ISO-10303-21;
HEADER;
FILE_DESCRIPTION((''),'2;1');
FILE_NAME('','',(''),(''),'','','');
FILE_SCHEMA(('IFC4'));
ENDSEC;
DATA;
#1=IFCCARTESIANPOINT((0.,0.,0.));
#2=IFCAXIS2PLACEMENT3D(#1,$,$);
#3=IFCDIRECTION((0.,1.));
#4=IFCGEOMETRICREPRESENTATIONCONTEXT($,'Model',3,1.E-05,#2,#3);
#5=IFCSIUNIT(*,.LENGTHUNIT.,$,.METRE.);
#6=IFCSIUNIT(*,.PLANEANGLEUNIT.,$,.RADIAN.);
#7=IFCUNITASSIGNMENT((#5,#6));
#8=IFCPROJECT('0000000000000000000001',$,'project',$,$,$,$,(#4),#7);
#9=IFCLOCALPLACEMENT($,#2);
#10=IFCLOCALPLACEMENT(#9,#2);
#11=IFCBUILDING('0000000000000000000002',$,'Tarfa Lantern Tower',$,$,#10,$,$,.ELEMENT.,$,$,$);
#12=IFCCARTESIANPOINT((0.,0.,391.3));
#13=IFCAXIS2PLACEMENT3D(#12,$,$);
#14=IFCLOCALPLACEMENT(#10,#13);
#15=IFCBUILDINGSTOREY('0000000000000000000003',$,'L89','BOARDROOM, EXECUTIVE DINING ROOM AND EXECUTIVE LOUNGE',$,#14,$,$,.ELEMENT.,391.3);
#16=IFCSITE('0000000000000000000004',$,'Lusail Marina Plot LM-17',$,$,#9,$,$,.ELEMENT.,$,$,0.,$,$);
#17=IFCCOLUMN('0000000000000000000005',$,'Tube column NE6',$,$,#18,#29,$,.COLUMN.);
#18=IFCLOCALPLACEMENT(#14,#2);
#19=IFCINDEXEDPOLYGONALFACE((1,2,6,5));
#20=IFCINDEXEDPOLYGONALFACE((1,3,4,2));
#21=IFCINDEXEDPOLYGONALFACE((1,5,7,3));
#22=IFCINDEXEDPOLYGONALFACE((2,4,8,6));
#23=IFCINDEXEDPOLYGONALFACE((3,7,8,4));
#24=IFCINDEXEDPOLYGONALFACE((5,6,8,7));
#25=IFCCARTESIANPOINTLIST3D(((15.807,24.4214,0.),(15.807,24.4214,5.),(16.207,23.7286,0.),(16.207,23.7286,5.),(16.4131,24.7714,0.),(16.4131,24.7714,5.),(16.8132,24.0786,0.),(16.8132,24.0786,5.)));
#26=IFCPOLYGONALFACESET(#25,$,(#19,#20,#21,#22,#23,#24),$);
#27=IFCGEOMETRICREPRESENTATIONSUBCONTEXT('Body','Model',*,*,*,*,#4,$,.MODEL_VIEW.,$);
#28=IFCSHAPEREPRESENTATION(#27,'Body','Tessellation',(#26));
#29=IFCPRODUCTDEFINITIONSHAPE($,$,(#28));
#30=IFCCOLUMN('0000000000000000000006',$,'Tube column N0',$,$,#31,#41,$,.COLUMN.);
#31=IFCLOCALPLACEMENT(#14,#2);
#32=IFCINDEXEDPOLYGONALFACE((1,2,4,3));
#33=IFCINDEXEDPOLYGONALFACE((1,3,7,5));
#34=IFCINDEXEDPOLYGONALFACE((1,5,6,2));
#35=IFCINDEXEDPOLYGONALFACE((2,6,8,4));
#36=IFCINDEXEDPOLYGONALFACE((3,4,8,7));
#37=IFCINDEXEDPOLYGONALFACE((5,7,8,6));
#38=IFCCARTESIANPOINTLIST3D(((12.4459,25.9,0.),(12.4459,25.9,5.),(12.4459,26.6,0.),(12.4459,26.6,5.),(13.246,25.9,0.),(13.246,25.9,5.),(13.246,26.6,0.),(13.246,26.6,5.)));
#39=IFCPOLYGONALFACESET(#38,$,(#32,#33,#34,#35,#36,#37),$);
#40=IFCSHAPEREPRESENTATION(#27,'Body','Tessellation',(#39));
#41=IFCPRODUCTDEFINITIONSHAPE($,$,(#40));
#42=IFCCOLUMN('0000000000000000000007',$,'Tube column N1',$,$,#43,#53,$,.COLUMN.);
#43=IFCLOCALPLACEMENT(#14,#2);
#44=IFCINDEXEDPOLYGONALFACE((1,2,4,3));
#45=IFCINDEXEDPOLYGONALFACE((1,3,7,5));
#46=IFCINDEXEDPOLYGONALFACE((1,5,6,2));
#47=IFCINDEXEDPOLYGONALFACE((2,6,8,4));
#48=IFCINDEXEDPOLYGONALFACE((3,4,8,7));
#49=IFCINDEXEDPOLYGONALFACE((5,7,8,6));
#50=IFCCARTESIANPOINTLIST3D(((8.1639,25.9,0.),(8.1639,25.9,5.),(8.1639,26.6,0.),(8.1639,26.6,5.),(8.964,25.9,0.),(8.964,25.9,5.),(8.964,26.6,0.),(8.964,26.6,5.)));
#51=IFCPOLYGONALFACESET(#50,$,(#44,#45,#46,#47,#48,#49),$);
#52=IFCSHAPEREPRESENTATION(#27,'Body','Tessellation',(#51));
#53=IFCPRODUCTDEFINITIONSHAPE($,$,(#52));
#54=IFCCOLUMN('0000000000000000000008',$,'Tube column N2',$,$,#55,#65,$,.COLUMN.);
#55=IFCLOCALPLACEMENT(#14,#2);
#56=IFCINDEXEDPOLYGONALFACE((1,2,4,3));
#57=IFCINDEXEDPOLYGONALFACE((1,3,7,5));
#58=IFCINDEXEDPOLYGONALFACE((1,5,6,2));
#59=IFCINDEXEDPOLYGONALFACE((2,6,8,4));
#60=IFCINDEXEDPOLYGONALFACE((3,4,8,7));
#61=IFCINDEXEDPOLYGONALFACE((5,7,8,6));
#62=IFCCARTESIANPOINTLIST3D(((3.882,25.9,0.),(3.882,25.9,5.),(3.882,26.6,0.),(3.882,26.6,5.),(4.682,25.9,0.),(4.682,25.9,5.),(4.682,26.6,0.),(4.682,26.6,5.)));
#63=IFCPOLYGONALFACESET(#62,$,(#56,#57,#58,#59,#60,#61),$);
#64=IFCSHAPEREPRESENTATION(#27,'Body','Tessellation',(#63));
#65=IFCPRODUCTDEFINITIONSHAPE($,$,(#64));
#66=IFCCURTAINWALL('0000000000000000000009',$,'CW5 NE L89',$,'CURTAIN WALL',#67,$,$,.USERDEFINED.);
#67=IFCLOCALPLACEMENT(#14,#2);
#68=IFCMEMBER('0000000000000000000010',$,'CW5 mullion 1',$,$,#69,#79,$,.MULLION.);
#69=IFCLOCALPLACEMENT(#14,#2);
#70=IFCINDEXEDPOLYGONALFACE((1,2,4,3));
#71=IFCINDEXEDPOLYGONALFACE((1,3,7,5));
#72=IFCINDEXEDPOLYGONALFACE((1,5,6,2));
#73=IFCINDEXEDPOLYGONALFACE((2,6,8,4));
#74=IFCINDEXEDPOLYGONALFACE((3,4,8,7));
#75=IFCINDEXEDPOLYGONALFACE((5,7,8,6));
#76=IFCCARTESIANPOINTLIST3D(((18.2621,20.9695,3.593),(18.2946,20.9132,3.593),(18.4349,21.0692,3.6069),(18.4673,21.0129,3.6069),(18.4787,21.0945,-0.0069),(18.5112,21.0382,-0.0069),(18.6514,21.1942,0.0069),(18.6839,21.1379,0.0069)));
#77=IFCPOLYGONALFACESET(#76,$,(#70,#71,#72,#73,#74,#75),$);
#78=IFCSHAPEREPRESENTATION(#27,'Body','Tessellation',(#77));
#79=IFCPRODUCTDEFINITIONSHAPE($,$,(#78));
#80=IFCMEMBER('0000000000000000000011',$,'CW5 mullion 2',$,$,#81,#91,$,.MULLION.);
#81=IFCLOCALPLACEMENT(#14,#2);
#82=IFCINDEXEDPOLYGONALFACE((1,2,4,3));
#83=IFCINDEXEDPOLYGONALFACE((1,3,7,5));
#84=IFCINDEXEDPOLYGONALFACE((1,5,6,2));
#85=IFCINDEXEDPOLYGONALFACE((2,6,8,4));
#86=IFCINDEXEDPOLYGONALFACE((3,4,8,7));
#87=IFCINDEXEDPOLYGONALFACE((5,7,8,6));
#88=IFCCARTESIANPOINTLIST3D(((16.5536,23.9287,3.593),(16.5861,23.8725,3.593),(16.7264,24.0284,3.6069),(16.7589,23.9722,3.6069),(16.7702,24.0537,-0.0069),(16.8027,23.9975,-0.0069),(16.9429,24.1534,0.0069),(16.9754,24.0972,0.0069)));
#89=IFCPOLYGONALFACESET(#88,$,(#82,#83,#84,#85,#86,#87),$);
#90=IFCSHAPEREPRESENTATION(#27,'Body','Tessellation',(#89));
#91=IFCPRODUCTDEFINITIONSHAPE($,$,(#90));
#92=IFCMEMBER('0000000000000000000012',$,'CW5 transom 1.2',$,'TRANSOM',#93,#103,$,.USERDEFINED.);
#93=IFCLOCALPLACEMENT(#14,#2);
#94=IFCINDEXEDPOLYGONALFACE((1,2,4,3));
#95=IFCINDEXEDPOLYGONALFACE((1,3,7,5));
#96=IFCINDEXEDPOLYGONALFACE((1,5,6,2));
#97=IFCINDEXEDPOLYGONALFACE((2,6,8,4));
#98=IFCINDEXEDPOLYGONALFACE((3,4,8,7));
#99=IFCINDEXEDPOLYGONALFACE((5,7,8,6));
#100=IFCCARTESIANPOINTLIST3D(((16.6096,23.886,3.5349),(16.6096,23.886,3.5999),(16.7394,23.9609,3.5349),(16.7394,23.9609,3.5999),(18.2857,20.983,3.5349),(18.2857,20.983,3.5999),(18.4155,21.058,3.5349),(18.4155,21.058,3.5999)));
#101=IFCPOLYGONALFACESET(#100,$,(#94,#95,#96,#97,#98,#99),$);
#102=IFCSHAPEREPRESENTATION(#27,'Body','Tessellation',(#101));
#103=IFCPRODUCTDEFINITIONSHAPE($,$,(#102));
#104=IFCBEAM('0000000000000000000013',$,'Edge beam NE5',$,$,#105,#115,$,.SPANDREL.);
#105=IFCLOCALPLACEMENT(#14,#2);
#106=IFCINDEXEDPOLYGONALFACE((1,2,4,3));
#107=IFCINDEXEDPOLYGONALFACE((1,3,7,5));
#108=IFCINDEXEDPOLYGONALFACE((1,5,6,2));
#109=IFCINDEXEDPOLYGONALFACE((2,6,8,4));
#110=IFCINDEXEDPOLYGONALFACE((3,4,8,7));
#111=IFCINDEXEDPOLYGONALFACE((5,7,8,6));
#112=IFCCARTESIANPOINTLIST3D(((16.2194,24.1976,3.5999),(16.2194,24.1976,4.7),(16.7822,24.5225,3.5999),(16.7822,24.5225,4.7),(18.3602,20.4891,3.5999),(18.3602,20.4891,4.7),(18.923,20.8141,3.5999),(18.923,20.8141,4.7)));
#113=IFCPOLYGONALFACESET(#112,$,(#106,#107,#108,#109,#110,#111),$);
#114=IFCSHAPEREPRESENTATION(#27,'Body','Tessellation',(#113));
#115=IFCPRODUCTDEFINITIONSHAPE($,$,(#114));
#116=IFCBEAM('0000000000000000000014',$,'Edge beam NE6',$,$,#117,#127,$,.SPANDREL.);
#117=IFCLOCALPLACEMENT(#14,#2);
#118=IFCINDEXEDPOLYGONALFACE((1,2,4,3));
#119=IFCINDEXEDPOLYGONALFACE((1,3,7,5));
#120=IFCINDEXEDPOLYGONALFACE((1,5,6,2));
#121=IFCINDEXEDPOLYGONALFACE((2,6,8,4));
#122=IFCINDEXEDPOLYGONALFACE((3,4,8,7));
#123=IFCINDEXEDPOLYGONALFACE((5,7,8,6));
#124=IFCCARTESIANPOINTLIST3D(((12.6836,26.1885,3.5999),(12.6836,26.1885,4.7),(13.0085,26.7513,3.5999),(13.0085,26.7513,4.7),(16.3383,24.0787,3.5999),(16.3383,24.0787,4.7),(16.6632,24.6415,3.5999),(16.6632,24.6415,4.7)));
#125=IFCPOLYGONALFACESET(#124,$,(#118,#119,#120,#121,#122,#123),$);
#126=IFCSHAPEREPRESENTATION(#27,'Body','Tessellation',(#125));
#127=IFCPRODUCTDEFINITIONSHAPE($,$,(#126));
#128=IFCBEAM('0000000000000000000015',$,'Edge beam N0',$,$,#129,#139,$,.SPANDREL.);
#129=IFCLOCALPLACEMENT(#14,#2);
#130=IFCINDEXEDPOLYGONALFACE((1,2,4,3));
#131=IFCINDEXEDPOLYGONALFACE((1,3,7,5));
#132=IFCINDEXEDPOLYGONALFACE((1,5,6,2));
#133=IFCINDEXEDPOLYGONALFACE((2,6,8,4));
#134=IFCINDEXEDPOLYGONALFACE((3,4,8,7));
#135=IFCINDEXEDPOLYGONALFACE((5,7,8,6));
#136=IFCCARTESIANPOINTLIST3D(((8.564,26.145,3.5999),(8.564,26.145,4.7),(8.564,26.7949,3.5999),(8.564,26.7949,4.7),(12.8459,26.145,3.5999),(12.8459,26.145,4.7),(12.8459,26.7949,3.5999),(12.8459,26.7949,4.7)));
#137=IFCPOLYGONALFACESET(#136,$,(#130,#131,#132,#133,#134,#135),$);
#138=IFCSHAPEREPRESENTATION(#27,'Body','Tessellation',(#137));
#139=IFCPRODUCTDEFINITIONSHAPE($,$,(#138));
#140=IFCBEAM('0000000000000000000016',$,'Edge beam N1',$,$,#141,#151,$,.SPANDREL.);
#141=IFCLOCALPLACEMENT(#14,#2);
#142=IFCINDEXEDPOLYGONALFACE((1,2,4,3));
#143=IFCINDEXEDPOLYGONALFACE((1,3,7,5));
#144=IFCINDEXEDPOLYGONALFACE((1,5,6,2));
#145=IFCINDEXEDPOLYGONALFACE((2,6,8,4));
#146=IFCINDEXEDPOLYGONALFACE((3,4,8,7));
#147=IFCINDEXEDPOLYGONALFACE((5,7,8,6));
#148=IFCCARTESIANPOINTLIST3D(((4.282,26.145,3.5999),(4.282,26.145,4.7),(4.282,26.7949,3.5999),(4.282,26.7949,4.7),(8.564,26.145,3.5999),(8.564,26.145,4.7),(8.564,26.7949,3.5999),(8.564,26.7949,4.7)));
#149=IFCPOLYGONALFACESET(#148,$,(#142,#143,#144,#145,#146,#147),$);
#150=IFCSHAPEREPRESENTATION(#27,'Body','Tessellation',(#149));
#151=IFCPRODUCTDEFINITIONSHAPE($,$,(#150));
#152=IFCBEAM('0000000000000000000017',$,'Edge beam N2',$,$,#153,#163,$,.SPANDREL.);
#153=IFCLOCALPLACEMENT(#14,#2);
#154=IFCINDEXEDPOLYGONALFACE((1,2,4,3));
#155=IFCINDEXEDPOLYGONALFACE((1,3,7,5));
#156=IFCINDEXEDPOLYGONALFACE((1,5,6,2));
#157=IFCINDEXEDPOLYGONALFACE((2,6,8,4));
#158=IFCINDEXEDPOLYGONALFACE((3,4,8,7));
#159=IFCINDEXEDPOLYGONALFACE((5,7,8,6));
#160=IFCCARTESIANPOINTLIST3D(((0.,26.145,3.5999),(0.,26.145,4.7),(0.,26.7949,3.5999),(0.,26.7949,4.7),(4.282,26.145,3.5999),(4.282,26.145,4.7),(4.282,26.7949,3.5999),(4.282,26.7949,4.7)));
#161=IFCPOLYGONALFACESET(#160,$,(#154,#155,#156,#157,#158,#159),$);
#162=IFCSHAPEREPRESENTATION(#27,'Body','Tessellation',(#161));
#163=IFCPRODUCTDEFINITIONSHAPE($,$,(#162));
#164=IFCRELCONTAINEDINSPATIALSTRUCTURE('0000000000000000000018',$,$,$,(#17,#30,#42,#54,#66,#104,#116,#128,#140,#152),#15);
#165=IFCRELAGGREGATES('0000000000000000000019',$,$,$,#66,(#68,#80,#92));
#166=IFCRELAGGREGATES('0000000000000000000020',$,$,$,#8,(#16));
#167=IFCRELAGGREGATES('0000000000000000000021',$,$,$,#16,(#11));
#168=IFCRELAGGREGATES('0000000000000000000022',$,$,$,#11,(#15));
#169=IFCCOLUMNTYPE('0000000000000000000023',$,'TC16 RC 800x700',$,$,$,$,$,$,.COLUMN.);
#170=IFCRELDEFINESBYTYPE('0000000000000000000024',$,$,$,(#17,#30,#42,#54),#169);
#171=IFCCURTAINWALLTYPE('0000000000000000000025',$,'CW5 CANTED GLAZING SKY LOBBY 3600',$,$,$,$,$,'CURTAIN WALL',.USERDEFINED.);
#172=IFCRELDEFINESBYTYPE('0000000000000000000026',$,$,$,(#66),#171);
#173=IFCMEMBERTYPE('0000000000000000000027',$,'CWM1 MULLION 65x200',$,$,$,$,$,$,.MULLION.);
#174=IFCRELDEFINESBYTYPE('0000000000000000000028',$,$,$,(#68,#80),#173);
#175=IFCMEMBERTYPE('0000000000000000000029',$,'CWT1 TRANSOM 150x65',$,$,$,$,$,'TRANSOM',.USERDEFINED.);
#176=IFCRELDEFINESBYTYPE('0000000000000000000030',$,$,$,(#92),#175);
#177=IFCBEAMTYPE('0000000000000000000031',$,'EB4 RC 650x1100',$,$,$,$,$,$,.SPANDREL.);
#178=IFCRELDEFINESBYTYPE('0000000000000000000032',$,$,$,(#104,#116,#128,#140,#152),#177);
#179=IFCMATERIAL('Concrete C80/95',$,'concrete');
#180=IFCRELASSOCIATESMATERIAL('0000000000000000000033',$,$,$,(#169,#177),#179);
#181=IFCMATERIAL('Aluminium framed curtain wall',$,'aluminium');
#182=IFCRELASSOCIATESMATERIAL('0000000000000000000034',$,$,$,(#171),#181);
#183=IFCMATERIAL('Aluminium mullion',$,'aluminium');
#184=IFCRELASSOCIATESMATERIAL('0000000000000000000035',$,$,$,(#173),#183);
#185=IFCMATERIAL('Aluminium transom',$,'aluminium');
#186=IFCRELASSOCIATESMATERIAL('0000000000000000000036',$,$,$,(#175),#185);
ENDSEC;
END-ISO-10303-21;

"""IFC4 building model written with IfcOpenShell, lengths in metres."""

from ifc_helpers import new_model, si_unit, direction, frame, origin, origin_2d, place, context, subcontext, project, spatial, rectangle, extrude, material, material_profile, profile_set, type_object, element, aggregate, save


model = new_model("IFC4")

# Units and contexts
model_context = context("Model", 3, precision=1e-05, world=origin(), true_north=direction((0.0, 1.0)))
body_context = subcontext(model_context, "Body", "Model", "MODEL_VIEW")
ifc_project = project(units=[si_unit("LENGTHUNIT", "METRE"), si_unit("PLANEANGLEUNIT", "RADIAN")], contexts=[model_context])

# Site, building, storey
site_placement = place(None, origin())
site = spatial("IfcSite", under=ifc_project, at=site_placement, Name="Lusail Marina Plot LM-17", CompositionType="ELEMENT", RefElevation=0.0)
building_placement = place(site_placement, origin())
building = spatial("IfcBuilding", under=site, at=building_placement, Name="Tarfa Lantern Tower", CompositionType="ELEMENT")
storey_placement = place(building_placement, frame((0.0, 0.0, 391.3)))
storey = spatial("IfcBuildingStorey", under=building, at=storey_placement, Name="L89", Description="BOARDROOM, EXECUTIVE DINING ROOM AND EXECUTIVE LOUNGE", CompositionType="ELEMENT", Elevation=391.3)

# Columns
ifc_material_1 = material(Name="Concrete C80/95", Category="concrete")
ifc_material_profile_1 = material_profile(ifc_material_1, rectangle(XDim=0.8, YDim=0.7, at=origin_2d()), Name="RC 800x700")
ifc_profile_set_1 = profile_set([ifc_material_profile_1], Name="Concrete C80/95")
column_type = type_object("IfcColumnType", Name="TC16 RC 800x700", PredefinedType="COLUMN", material=ifc_profile_set_1)
for number, where, z_axis, x_axis, name in (
    (1, (16.3101, 24.25, 0.0), (0.0, 0.0, 1.0), (-0.5, 0.866025, 0.0), "Tube column NE6"),
    (2, (12.8459, 26.25, 0.0), (0.0, 0.0, 1.0), (-1.0, 0.0, 0.0), "Tube column N0"),
    (3, (8.564, 26.25, 0.0), (0.0, 0.0, 1.0), (-1.0, 0.0, 0.0), "Tube column N1"),
    (4, (4.282, 26.25, 0.0), (0.0, 0.0, 1.0), (-1.0, 0.0, 0.0), "Tube column N2"),
):
    element("IfcColumn", number, at=place(storey_placement, frame(where, z_axis=z_axis, x_axis=x_axis)), inside=storey, type_object=column_type, Name=name, PredefinedType="COLUMN", context=body_context, shape_type="SweptSolid", body=[
        extrude(rectangle(XDim=0.8, YDim=0.7, at=origin_2d()), origin(), (0.0, 0.0, 1.0), 5.0),
    ])

# Curtain wall, members
ifc_material_2 = material(Name="Aluminium framed curtain wall", Category="aluminium")
curtain_wall_type = type_object("IfcCurtainWallType", Name="CW5 CANTED GLAZING SKY LOBBY 3600", ElementType="CURTAIN WALL", PredefinedType="USERDEFINED", material=ifc_material_2)
curtain_wall_placement = place(storey_placement, origin())
curtain_wall = element("IfcCurtainWall", 5, at=curtain_wall_placement, inside=storey, type_object=curtain_wall_type, Name="CW5 NE L89", ObjectType="CURTAIN WALL", PredefinedType="USERDEFINED")
ifc_material_3 = material(Name="Aluminium mullion", Category="aluminium")
ifc_material_profile_2 = material_profile(ifc_material_3, rectangle(XDim=0.0649, YDim=0.2, at=origin_2d()), Name="AL MULLION 65x200")
ifc_profile_set_2 = profile_set([ifc_material_profile_2], Name="Aluminium mullion")
member_type_1 = type_object("IfcMemberType", Name="CWM1 MULLION 65x200", PredefinedType="MULLION", material=ifc_profile_set_2)
member_1_placement = place(storey_placement, frame((18.5813, 21.1162, 0.0), z_axis=(-0.060011, -0.03464, 0.997596), x_axis=(0.49992, -0.866072, 0.0)))
member_1 = element("IfcMember", 6, at=member_1_placement, type_object=member_type_1, Name="CW5 mullion 1", PredefinedType="MULLION", context=body_context, shape_type="SweptSolid", body=[
    extrude(rectangle(XDim=0.0649, YDim=0.2, at=origin_2d()), origin(), (0.0, 0.0, 1.0), 3.6086),
])
member_2_placement = place(storey_placement, frame((16.8728, 24.0754, 0.0), z_axis=(-0.060011, -0.03464, 0.997596), x_axis=(0.49992, -0.866072, 0.0)))
member_2 = element("IfcMember", 7, at=member_2_placement, type_object=member_type_1, Name="CW5 mullion 2", PredefinedType="MULLION", context=body_context, shape_type="SweptSolid", body=[
    extrude(rectangle(XDim=0.0649, YDim=0.2, at=origin_2d()), origin(), (0.0, 0.0, 1.0), 3.6086),
])
ifc_material_4 = material(Name="Aluminium transom", Category="aluminium")
ifc_material_profile_3 = material_profile(ifc_material_4, rectangle(XDim=0.1499, YDim=0.0649, at=origin_2d()), Name="AL TRANSOM 150x65")
ifc_profile_set_3 = profile_set([ifc_material_profile_3], Name="Aluminium transom")
member_type_2 = type_object("IfcMemberType", Name="CWT1 TRANSOM 150x65", ElementType="TRANSOM", PredefinedType="USERDEFINED", material=ifc_profile_set_3)
member_3_placement = place(storey_placement, frame((18.3506, 21.0205, 3.5674), z_axis=(-0.500017, 0.866016, 0.0), x_axis=(-0.866016, -0.500017, 0.0)))
member_3 = element("IfcMember", 8, at=member_3_placement, type_object=member_type_2, Name="CW5 transom 1.2", ObjectType="TRANSOM", PredefinedType="USERDEFINED", context=body_context, shape_type="SweptSolid", body=[
    extrude(rectangle(XDim=0.1499, YDim=0.0649, at=origin_2d()), origin(), (0.0, 0.0, 1.0), 3.3521),
])

# Beams
ifc_material_profile_4 = material_profile(ifc_material_1, rectangle(XDim=0.6499, YDim=1.1001, at=origin_2d()), Name="RC 650x1100")
ifc_profile_set_4 = profile_set([ifc_material_profile_4], Name="Concrete C80/95")
beam_type_1 = type_object("IfcBeamType", Name="EB4 RC 650x1100", PredefinedType="SPANDREL", material=ifc_profile_set_4)
beam_1_placement = place(storey_placement, frame((18.6416, 20.6516, 4.1499), z_axis=(-0.499959, 0.866049, 0.0), x_axis=(-0.866049, -0.499959, 0.0)))
element("IfcBeam", 9, at=beam_1_placement, inside=storey, type_object=beam_type_1, Name="Edge beam NE5", PredefinedType="SPANDREL", context=body_context, shape_type="SweptSolid", body=[
    extrude(rectangle(XDim=0.6499, YDim=1.1001, at=origin_2d()), origin(), (0.0, 0.0, 1.0), 4.282),
])
beam_2_placement = place(storey_placement, frame((16.5007, 24.3601, 4.1499), z_axis=(-0.866049, 0.499959, 0.0), x_axis=(-0.499959, -0.866049, 0.0)))
element("IfcBeam", 10, at=beam_2_placement, inside=storey, type_object=beam_type_1, Name="Edge beam NE6", PredefinedType="SPANDREL", context=body_context, shape_type="SweptSolid", body=[
    extrude(rectangle(XDim=0.6499, YDim=1.1001, at=origin_2d()), origin(), (0.0, 0.0, 1.0), 4.22),
])
for number, where, z_axis, x_axis, name in (
    (11, (12.8459, 26.47, 4.1499), (-1.0, 0.0, 0.0), (0.0, -1.0, 0.0), "Edge beam N0"),
    (12, (8.564, 26.47, 4.1499), (-1.0, 0.0, 0.0), (0.0, -1.0, 0.0), "Edge beam N1"),
    (13, (4.282, 26.47, 4.1499), (-1.0, 0.0, 0.0), (0.0, -1.0, 0.0), "Edge beam N2"),
):
    element("IfcBeam", number, at=place(storey_placement, frame(where, z_axis=z_axis, x_axis=x_axis)), inside=storey, type_object=beam_type_1, Name=name, PredefinedType="SPANDREL", context=body_context, shape_type="SweptSolid", body=[
        extrude(rectangle(XDim=0.6499, YDim=1.1001, at=origin_2d()), origin(), (0.0, 0.0, 1.0), 4.282),
    ])

aggregate(curtain_wall, [member_1, member_2, member_3])

save(model, "model.ifc")
